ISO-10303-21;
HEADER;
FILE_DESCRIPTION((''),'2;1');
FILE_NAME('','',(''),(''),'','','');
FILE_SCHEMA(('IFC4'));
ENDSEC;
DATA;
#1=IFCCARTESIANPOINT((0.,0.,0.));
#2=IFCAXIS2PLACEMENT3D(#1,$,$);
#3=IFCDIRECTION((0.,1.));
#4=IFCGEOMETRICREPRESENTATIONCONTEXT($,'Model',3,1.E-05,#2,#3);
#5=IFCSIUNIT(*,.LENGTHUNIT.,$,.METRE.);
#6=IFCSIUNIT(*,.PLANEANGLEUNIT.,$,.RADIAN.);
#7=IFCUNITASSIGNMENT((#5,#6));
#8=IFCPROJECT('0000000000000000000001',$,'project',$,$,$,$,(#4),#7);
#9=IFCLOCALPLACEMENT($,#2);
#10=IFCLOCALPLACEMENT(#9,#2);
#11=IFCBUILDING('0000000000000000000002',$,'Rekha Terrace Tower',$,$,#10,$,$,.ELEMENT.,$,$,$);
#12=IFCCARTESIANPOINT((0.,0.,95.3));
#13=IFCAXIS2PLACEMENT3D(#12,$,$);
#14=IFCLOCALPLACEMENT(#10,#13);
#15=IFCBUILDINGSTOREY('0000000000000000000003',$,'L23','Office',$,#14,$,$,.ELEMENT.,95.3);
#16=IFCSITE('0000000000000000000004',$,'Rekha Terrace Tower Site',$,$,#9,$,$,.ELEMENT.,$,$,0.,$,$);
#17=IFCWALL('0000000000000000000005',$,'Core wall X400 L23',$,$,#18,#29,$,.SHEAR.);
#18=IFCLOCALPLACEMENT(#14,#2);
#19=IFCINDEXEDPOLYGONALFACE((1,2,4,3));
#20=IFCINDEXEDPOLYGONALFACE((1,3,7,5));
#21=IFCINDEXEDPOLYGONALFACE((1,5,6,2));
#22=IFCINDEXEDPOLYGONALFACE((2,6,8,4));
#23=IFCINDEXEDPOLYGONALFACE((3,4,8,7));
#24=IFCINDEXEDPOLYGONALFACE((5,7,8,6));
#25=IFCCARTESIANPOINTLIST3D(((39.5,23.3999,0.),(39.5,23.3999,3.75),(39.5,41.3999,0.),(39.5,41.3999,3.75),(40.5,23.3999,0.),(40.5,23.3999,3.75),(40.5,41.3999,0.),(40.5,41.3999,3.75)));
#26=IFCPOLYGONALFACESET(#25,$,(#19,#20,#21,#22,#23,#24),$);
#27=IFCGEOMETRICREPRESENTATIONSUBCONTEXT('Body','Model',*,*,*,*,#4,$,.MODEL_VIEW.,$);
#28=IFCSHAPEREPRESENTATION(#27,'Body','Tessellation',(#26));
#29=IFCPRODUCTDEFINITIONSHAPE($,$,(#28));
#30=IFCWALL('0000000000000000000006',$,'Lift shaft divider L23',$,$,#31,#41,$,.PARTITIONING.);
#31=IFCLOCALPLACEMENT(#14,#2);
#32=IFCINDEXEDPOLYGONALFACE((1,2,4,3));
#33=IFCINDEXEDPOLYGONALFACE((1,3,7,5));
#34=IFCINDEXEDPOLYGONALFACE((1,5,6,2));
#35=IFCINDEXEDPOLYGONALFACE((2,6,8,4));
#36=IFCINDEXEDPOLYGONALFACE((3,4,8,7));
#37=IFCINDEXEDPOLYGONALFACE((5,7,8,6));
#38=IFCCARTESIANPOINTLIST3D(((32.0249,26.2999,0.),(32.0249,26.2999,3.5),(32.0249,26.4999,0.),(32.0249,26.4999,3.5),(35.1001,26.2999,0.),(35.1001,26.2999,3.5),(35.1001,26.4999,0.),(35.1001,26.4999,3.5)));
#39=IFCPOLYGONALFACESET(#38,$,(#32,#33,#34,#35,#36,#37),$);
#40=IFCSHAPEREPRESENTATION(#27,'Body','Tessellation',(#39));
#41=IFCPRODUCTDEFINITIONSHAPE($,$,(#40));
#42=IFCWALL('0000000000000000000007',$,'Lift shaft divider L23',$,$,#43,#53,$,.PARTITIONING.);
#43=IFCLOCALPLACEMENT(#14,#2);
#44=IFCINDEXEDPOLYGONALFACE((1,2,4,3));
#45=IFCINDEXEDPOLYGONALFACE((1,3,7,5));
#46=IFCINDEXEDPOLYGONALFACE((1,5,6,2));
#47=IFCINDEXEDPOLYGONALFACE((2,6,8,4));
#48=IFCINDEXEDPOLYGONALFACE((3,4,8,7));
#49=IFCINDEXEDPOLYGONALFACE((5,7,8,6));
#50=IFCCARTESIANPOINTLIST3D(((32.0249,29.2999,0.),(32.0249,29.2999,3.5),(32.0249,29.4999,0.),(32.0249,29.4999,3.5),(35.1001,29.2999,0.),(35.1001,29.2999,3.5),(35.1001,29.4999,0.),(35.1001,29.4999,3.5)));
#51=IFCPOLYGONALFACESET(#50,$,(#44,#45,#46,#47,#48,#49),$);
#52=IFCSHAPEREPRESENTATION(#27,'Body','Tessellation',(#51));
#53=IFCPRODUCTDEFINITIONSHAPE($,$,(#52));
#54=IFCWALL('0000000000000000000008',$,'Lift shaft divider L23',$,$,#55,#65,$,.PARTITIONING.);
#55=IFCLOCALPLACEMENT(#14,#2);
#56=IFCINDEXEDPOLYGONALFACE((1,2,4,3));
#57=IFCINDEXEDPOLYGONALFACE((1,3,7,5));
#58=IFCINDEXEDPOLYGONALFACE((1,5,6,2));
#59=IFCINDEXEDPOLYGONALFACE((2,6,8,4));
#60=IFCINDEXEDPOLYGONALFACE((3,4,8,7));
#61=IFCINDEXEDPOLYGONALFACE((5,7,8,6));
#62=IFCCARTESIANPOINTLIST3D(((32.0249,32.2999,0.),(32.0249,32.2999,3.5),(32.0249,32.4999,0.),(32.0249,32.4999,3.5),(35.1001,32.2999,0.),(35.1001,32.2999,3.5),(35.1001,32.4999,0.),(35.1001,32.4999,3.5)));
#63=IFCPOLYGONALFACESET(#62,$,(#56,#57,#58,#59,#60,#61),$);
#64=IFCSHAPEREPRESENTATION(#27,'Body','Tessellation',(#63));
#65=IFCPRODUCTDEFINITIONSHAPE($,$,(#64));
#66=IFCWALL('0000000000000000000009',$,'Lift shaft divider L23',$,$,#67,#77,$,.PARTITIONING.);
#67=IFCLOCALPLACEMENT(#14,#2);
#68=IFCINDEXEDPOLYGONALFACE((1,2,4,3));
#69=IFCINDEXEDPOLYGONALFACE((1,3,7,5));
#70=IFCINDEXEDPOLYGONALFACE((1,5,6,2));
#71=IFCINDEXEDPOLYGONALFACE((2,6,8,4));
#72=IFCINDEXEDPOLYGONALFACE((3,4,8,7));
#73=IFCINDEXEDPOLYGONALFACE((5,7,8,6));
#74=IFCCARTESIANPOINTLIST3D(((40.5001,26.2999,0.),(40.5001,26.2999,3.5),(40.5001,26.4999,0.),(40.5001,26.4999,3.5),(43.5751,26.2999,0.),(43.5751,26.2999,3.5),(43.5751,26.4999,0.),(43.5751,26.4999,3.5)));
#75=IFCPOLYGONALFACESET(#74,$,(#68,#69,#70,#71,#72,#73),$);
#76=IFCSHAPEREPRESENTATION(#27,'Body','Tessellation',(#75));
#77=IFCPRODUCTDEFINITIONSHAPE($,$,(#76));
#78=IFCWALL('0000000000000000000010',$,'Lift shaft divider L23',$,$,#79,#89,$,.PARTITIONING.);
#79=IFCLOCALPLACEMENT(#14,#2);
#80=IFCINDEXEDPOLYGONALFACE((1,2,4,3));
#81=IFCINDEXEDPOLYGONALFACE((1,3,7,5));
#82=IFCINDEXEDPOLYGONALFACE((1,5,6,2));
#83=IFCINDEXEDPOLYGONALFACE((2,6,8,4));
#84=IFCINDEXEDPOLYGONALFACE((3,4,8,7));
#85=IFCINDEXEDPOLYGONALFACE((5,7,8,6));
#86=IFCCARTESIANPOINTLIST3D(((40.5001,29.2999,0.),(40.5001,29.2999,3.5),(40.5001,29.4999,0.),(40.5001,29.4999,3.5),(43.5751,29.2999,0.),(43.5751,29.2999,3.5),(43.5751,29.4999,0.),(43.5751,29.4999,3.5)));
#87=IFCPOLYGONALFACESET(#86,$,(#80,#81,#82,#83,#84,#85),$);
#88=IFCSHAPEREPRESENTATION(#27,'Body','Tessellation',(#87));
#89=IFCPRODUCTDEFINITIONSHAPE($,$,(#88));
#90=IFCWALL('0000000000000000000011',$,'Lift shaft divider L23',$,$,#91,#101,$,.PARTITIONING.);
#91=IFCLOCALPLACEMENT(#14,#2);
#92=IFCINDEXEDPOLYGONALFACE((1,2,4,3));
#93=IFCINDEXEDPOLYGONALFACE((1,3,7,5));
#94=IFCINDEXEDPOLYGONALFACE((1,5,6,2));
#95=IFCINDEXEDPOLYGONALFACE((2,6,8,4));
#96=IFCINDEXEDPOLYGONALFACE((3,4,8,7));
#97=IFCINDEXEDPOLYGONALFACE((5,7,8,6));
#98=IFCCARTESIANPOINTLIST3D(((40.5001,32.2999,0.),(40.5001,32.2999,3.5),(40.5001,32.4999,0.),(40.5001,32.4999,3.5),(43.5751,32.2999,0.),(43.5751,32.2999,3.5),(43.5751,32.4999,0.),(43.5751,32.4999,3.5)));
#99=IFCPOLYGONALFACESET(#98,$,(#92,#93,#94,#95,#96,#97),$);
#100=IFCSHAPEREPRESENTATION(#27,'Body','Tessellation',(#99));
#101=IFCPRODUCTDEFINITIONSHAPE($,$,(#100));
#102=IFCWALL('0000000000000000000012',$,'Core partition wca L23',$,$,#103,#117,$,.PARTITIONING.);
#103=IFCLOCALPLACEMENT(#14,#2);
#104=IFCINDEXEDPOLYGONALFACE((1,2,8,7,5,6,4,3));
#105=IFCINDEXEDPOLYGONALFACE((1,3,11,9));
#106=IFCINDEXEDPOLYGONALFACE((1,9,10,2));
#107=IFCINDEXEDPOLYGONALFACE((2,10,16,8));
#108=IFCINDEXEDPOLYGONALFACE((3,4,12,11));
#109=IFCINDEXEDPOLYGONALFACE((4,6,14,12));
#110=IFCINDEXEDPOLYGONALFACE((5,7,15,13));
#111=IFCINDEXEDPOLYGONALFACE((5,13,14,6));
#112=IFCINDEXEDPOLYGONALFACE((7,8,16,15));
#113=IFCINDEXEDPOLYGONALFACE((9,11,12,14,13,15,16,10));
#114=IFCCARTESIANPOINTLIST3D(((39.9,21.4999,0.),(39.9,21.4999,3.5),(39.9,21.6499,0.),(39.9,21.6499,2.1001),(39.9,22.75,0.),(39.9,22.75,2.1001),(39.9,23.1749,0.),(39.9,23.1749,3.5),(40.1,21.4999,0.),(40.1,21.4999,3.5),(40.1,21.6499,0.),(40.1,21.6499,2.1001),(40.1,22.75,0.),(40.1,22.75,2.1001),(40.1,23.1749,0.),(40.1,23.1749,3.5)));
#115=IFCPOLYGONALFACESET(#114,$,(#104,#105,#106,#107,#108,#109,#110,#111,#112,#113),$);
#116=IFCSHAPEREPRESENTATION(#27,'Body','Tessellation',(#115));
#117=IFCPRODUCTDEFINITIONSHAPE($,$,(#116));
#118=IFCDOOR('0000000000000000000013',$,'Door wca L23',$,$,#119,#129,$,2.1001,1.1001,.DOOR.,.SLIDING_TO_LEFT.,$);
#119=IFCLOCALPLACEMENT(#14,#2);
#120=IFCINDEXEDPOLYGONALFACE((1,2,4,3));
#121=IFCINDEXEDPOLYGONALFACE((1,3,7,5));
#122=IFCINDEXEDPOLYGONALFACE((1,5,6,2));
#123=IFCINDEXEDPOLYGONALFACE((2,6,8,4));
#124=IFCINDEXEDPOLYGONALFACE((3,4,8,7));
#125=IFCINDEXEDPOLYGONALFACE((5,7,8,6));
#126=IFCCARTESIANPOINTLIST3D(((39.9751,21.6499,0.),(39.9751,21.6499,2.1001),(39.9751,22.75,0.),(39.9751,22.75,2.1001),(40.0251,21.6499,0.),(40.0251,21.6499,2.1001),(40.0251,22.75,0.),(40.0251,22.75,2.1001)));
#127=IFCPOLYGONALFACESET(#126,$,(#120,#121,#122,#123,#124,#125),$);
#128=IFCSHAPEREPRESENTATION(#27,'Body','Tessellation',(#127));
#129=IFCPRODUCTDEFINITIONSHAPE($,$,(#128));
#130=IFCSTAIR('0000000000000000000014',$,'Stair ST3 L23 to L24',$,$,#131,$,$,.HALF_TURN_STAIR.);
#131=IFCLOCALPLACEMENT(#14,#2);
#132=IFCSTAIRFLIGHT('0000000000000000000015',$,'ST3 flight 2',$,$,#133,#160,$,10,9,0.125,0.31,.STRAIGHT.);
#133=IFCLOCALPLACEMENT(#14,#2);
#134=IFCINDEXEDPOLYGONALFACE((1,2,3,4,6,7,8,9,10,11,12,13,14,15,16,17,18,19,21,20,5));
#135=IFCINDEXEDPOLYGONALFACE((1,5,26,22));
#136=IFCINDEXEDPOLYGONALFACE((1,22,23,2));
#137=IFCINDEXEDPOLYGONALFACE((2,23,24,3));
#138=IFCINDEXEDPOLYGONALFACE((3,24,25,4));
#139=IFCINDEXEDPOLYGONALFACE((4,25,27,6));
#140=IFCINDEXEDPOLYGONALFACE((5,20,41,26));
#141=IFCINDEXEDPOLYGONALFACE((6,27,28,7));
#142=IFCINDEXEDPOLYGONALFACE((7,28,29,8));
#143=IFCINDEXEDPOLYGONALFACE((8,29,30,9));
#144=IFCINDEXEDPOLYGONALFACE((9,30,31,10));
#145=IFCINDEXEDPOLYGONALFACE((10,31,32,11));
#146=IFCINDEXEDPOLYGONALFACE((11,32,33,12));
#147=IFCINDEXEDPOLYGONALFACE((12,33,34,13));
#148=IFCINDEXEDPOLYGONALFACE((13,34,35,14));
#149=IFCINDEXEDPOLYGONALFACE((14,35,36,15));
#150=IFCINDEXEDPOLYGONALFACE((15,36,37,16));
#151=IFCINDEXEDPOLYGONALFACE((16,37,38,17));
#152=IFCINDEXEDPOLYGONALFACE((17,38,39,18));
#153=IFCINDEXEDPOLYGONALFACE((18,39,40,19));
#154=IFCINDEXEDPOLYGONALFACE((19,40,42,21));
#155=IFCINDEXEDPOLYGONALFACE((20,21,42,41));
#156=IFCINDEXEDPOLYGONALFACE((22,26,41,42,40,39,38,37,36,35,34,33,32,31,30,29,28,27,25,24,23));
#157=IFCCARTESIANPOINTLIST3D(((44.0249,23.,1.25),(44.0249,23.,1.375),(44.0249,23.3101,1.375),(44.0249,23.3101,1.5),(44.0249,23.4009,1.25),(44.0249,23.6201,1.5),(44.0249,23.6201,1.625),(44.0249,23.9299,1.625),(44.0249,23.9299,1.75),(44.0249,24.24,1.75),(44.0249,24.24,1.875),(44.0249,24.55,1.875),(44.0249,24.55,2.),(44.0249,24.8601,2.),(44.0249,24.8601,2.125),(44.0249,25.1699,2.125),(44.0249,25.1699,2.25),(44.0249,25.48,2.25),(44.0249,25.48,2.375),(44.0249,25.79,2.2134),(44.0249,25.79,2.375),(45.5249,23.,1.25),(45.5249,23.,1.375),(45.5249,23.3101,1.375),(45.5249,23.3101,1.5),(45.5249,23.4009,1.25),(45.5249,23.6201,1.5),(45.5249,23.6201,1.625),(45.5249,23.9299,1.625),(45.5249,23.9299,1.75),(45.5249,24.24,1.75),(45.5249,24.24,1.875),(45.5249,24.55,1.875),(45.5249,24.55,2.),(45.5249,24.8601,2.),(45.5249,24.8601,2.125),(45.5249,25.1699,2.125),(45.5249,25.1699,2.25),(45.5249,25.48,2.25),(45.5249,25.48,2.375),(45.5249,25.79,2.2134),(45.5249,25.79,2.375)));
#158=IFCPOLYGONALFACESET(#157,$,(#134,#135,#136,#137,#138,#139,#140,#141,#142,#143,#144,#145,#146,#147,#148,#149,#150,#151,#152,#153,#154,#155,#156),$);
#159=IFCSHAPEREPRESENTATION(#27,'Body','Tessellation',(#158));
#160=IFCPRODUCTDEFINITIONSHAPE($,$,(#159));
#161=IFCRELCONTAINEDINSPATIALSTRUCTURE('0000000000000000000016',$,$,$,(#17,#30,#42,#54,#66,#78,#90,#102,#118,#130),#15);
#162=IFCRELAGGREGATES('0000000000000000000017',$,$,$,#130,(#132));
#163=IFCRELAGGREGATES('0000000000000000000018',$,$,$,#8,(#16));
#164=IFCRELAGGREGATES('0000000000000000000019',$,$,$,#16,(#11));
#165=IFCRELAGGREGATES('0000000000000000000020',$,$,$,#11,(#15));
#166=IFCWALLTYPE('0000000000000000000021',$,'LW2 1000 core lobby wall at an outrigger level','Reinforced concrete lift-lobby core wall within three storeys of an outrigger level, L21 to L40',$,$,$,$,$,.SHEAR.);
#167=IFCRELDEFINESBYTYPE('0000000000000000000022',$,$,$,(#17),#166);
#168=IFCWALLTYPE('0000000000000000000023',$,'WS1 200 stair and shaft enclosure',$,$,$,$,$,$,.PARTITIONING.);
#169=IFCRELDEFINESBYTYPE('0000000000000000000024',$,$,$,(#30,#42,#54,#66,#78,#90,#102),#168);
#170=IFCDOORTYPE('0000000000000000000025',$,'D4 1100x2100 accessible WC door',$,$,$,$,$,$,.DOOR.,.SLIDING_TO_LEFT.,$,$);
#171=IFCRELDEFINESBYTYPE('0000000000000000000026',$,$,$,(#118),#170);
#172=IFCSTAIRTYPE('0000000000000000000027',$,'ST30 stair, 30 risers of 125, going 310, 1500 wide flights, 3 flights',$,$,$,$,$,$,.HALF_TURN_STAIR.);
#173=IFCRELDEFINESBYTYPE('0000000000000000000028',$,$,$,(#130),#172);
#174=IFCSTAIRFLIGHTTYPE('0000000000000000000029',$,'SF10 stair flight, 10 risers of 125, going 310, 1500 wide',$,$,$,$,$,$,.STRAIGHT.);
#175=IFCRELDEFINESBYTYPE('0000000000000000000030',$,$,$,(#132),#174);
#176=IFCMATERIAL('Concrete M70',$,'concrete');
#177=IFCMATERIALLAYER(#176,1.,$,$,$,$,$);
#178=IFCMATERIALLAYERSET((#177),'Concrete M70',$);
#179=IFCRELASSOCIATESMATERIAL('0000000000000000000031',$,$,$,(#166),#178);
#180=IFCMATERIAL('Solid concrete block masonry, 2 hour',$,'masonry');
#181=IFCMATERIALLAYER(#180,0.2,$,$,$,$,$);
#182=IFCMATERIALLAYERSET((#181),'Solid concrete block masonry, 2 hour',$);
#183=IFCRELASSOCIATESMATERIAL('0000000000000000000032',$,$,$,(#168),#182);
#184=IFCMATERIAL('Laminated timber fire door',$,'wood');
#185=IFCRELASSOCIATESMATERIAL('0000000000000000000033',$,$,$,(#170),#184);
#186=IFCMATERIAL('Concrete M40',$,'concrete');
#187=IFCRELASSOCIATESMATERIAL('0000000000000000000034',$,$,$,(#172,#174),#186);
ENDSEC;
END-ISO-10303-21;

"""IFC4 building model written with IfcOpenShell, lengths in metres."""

from ifc_helpers import new_model, si_unit, direction, frame, frame_2d, origin, place, context, subcontext, project, spatial, polyline, rectangle, outline, extrude, material, layer, layer_set, type_object, element, fill, aggregate, save


model = new_model("IFC4")

# Units and contexts
model_context = context("Model", 3, precision=1e-05, world=origin(), true_north=direction((0.0, 1.0)))
body_context = subcontext(model_context, "Body", "Model", "MODEL_VIEW")
ifc_project = project(units=[si_unit("LENGTHUNIT", "METRE"), si_unit("PLANEANGLEUNIT", "RADIAN")], contexts=[model_context])

# Site, building, storey
site_placement = place(None, origin())
site = spatial("IfcSite", under=ifc_project, at=site_placement, Name="Rekha Terrace Tower Site", CompositionType="ELEMENT", RefElevation=0.0)
building_placement = place(site_placement, origin())
building = spatial("IfcBuilding", under=site, at=building_placement, Name="Rekha Terrace Tower", CompositionType="ELEMENT")
storey_placement = place(building_placement, frame((0.0, 0.0, 95.3)))
storey = spatial("IfcBuildingStorey", under=building, at=storey_placement, Name="L23", Description="Office", CompositionType="ELEMENT", Elevation=95.3)

# Shared definitions
ifc_material_1 = material(Name="Concrete M70", Category="concrete")

# Shared definitions
ifc_layer_1 = layer(ifc_material_1, 1.0)
ifc_layer_set_1 = layer_set([ifc_layer_1], Name="Concrete M70")
wall_type_1 = type_object("IfcWallType", Name="LW2 1000 core lobby wall at an outrigger level", Description="Reinforced concrete lift-lobby core wall within three storeys of an outrigger level, L21 to L40", PredefinedType="SHEAR", material=ifc_layer_set_1)

# Walls
wall_1_placement = place(storey_placement, frame((40.0, 23.3999, 0.0), z_axis=(0.0, 0.0, 1.0), x_axis=(0.0, 1.0, 0.0)))
element("IfcWall", 1, at=wall_1_placement, inside=storey, type_object=wall_type_1, Name="Core wall X400 L23", PredefinedType="SHEAR", context=body_context, shape_type="SweptSolid", body=[
    extrude(rectangle(XDim=18.0, YDim=1.0, at=frame_2d((9.0, 0.0))), origin(), (0.0, 0.0, 1.0), 3.75),
])
ifc_material_2 = material(Name="Solid concrete block masonry, 2 hour", Category="masonry")
ifc_layer_2 = layer(ifc_material_2, 0.2)
ifc_layer_set_2 = layer_set([ifc_layer_2], Name="Solid concrete block masonry, 2 hour")
wall_type_2 = type_object("IfcWallType", Name="WS1 200 stair and shaft enclosure", PredefinedType="PARTITIONING", material=ifc_layer_set_2)
for number, where, z_axis, x_axis, name in (
    (2, (32.0249, 26.3999, 0.0), (0.0, 0.0, 1.0), (1.0, 0.0, 0.0), "Lift shaft divider L23"),
    (3, (32.0249, 29.3999, 0.0), (0.0, 0.0, 1.0), (1.0, 0.0, 0.0), "Lift shaft divider L23"),
    (4, (32.0249, 32.3999, 0.0), (0.0, 0.0, 1.0), (1.0, 0.0, 0.0), "Lift shaft divider L23"),
):
    element("IfcWall", number, at=place(storey_placement, frame(where, z_axis=z_axis, x_axis=x_axis)), inside=storey, type_object=wall_type_2, Name=name, PredefinedType="PARTITIONING", context=body_context, shape_type="SweptSolid", body=[
        extrude(rectangle(XDim=3.0752, YDim=0.2, at=frame_2d((1.5376, 0.0))), origin(), (0.0, 0.0, 1.0), 3.5),
    ])
for number, where, z_axis, x_axis, name in (
    (5, (40.5, 26.3999, 0.0), (0.0, 0.0, 1.0), (1.0, 0.0, 0.0), "Lift shaft divider L23"),
    (6, (40.5, 29.3999, 0.0), (0.0, 0.0, 1.0), (1.0, 0.0, 0.0), "Lift shaft divider L23"),
    (7, (40.5, 32.3999, 0.0), (0.0, 0.0, 1.0), (1.0, 0.0, 0.0), "Lift shaft divider L23"),
):
    element("IfcWall", number, at=place(storey_placement, frame(where, z_axis=z_axis, x_axis=x_axis)), inside=storey, type_object=wall_type_2, Name=name, PredefinedType="PARTITIONING", context=body_context, shape_type="SweptSolid", body=[
        extrude(rectangle(XDim=3.075, YDim=0.2, at=frame_2d((1.5376, 0.0))), origin(), (0.0, 0.0, 1.0), 3.5),
    ])

# Wall, opening, door
wall_2_placement = place(storey_placement, frame((40.0, 21.5, 0.0), z_axis=(0.0, 0.0, 1.0), x_axis=(0.0, 1.0, 0.0)))
wall_2 = element("IfcWall", 8, at=wall_2_placement, inside=storey, type_object=wall_type_2, Name="Core partition wca L23", PredefinedType="PARTITIONING", context=body_context, shape_type="SweptSolid", body=[
    extrude(rectangle(XDim=1.675, YDim=0.2, at=frame_2d((0.8374, 0.0))), origin(), (0.0, 0.0, 1.0), 3.5),
])
opening_1_placement = place(wall_2_placement, frame((0.1499, 0.0, 0.0)))
opening_1 = element("IfcOpeningElement", 9, at=opening_1_placement, cuts=wall_2, PredefinedType="OPENING", context=body_context, shape_type="SweptSolid", body=[
    extrude(rectangle(XDim=1.1001, YDim=2.1001, at=frame_2d((0.55, 1.05))), frame((0.0, 0.1099, 0.0), z_axis=(0.0, -1.0, 0.0), x_axis=(1.0, 0.0, 0.0)), (0.0, 0.0, 1.0), 0.22),
])
ifc_material_3 = material(Name="Laminated timber fire door", Category="wood")
door_type_1 = type_object("IfcDoorType", Name="D4 1100x2100 accessible WC door", OperationType="SLIDING_TO_LEFT", PredefinedType="DOOR", material=ifc_material_3)
door_1_placement = place(opening_1_placement, origin())
door_1 = element("IfcDoor", 10, at=door_1_placement, inside=storey, type_object=door_type_1, Name="Door wca L23", OperationType="SLIDING_TO_LEFT", OverallHeight=2.1001, OverallWidth=1.1001, PredefinedType="DOOR", context=body_context, shape_type="SweptSolid", body=[
    extrude(rectangle(XDim=1.1001, YDim=2.1001, at=frame_2d((0.55, 1.05))), frame((0.0, 0.0249, 0.0), z_axis=(0.0, -1.0, 0.0), x_axis=(1.0, 0.0, 0.0)), (0.0, 0.0, 1.0), 0.05),
])
fill(opening_1, door_1)

# Stair, stair flight
ifc_material_4 = material(Name="Concrete M40", Category="concrete")
stair_type = type_object("IfcStairType", Name="ST30 stair, 30 risers of 125, going 310, 1500 wide flights, 3 flights", PredefinedType="HALF_TURN_STAIR", material=ifc_material_4)
stair_placement = place(storey_placement, origin())
stair = element("IfcStair", 11, at=stair_placement, inside=storey, type_object=stair_type, Name="Stair ST3 L23 to L24", PredefinedType="HALF_TURN_STAIR")
stair_flight_type = type_object("IfcStairFlightType", Name="SF10 stair flight, 10 risers of 125, going 310, 1500 wide", PredefinedType="STRAIGHT", material=ifc_material_4)
stair_flight_placement = place(storey_placement, frame((44.7749, 23.0, 1.25), z_axis=(0.0, 0.0, 1.0), x_axis=(0.0, 1.0, 0.0)))
stair_flight = element("IfcStairFlight", 12, at=stair_flight_placement, type_object=stair_flight_type, Name="ST3 flight 2", NumberOfRisers=10, NumberOfTreads=9, PredefinedType="STRAIGHT", RiserHeight=0.125, TreadLength=0.31, context=body_context, shape_type="SweptSolid", body=[
    extrude(outline(polyline([(0.0, 0.0), (0.0, 0.125), (0.3101, 0.125), (0.3101, 0.25), (0.6201, 0.25), (0.6201, 0.375), (0.9299, 0.375), (0.9299, 0.5), (1.24, 0.5), (1.24, 0.625), (1.55, 0.625), (1.55, 0.75), (1.8601, 0.75), (1.8601, 0.875), (2.1699, 0.875), (2.1699, 1.0), (2.48, 1.0), (2.48, 1.125), (2.79, 1.125), (2.79, 1.25), (2.79, 0.9634), (0.4009, 0.0), (0.0, 0.0)])), frame((0.0, 0.75, 0.0), z_axis=(0.0, -1.0, 0.0), x_axis=(1.0, 0.0, 0.0)), (0.0, 0.0, 1.0), 1.5),
])
aggregate(stair, [stair_flight])

save(model, "model.ifc")
